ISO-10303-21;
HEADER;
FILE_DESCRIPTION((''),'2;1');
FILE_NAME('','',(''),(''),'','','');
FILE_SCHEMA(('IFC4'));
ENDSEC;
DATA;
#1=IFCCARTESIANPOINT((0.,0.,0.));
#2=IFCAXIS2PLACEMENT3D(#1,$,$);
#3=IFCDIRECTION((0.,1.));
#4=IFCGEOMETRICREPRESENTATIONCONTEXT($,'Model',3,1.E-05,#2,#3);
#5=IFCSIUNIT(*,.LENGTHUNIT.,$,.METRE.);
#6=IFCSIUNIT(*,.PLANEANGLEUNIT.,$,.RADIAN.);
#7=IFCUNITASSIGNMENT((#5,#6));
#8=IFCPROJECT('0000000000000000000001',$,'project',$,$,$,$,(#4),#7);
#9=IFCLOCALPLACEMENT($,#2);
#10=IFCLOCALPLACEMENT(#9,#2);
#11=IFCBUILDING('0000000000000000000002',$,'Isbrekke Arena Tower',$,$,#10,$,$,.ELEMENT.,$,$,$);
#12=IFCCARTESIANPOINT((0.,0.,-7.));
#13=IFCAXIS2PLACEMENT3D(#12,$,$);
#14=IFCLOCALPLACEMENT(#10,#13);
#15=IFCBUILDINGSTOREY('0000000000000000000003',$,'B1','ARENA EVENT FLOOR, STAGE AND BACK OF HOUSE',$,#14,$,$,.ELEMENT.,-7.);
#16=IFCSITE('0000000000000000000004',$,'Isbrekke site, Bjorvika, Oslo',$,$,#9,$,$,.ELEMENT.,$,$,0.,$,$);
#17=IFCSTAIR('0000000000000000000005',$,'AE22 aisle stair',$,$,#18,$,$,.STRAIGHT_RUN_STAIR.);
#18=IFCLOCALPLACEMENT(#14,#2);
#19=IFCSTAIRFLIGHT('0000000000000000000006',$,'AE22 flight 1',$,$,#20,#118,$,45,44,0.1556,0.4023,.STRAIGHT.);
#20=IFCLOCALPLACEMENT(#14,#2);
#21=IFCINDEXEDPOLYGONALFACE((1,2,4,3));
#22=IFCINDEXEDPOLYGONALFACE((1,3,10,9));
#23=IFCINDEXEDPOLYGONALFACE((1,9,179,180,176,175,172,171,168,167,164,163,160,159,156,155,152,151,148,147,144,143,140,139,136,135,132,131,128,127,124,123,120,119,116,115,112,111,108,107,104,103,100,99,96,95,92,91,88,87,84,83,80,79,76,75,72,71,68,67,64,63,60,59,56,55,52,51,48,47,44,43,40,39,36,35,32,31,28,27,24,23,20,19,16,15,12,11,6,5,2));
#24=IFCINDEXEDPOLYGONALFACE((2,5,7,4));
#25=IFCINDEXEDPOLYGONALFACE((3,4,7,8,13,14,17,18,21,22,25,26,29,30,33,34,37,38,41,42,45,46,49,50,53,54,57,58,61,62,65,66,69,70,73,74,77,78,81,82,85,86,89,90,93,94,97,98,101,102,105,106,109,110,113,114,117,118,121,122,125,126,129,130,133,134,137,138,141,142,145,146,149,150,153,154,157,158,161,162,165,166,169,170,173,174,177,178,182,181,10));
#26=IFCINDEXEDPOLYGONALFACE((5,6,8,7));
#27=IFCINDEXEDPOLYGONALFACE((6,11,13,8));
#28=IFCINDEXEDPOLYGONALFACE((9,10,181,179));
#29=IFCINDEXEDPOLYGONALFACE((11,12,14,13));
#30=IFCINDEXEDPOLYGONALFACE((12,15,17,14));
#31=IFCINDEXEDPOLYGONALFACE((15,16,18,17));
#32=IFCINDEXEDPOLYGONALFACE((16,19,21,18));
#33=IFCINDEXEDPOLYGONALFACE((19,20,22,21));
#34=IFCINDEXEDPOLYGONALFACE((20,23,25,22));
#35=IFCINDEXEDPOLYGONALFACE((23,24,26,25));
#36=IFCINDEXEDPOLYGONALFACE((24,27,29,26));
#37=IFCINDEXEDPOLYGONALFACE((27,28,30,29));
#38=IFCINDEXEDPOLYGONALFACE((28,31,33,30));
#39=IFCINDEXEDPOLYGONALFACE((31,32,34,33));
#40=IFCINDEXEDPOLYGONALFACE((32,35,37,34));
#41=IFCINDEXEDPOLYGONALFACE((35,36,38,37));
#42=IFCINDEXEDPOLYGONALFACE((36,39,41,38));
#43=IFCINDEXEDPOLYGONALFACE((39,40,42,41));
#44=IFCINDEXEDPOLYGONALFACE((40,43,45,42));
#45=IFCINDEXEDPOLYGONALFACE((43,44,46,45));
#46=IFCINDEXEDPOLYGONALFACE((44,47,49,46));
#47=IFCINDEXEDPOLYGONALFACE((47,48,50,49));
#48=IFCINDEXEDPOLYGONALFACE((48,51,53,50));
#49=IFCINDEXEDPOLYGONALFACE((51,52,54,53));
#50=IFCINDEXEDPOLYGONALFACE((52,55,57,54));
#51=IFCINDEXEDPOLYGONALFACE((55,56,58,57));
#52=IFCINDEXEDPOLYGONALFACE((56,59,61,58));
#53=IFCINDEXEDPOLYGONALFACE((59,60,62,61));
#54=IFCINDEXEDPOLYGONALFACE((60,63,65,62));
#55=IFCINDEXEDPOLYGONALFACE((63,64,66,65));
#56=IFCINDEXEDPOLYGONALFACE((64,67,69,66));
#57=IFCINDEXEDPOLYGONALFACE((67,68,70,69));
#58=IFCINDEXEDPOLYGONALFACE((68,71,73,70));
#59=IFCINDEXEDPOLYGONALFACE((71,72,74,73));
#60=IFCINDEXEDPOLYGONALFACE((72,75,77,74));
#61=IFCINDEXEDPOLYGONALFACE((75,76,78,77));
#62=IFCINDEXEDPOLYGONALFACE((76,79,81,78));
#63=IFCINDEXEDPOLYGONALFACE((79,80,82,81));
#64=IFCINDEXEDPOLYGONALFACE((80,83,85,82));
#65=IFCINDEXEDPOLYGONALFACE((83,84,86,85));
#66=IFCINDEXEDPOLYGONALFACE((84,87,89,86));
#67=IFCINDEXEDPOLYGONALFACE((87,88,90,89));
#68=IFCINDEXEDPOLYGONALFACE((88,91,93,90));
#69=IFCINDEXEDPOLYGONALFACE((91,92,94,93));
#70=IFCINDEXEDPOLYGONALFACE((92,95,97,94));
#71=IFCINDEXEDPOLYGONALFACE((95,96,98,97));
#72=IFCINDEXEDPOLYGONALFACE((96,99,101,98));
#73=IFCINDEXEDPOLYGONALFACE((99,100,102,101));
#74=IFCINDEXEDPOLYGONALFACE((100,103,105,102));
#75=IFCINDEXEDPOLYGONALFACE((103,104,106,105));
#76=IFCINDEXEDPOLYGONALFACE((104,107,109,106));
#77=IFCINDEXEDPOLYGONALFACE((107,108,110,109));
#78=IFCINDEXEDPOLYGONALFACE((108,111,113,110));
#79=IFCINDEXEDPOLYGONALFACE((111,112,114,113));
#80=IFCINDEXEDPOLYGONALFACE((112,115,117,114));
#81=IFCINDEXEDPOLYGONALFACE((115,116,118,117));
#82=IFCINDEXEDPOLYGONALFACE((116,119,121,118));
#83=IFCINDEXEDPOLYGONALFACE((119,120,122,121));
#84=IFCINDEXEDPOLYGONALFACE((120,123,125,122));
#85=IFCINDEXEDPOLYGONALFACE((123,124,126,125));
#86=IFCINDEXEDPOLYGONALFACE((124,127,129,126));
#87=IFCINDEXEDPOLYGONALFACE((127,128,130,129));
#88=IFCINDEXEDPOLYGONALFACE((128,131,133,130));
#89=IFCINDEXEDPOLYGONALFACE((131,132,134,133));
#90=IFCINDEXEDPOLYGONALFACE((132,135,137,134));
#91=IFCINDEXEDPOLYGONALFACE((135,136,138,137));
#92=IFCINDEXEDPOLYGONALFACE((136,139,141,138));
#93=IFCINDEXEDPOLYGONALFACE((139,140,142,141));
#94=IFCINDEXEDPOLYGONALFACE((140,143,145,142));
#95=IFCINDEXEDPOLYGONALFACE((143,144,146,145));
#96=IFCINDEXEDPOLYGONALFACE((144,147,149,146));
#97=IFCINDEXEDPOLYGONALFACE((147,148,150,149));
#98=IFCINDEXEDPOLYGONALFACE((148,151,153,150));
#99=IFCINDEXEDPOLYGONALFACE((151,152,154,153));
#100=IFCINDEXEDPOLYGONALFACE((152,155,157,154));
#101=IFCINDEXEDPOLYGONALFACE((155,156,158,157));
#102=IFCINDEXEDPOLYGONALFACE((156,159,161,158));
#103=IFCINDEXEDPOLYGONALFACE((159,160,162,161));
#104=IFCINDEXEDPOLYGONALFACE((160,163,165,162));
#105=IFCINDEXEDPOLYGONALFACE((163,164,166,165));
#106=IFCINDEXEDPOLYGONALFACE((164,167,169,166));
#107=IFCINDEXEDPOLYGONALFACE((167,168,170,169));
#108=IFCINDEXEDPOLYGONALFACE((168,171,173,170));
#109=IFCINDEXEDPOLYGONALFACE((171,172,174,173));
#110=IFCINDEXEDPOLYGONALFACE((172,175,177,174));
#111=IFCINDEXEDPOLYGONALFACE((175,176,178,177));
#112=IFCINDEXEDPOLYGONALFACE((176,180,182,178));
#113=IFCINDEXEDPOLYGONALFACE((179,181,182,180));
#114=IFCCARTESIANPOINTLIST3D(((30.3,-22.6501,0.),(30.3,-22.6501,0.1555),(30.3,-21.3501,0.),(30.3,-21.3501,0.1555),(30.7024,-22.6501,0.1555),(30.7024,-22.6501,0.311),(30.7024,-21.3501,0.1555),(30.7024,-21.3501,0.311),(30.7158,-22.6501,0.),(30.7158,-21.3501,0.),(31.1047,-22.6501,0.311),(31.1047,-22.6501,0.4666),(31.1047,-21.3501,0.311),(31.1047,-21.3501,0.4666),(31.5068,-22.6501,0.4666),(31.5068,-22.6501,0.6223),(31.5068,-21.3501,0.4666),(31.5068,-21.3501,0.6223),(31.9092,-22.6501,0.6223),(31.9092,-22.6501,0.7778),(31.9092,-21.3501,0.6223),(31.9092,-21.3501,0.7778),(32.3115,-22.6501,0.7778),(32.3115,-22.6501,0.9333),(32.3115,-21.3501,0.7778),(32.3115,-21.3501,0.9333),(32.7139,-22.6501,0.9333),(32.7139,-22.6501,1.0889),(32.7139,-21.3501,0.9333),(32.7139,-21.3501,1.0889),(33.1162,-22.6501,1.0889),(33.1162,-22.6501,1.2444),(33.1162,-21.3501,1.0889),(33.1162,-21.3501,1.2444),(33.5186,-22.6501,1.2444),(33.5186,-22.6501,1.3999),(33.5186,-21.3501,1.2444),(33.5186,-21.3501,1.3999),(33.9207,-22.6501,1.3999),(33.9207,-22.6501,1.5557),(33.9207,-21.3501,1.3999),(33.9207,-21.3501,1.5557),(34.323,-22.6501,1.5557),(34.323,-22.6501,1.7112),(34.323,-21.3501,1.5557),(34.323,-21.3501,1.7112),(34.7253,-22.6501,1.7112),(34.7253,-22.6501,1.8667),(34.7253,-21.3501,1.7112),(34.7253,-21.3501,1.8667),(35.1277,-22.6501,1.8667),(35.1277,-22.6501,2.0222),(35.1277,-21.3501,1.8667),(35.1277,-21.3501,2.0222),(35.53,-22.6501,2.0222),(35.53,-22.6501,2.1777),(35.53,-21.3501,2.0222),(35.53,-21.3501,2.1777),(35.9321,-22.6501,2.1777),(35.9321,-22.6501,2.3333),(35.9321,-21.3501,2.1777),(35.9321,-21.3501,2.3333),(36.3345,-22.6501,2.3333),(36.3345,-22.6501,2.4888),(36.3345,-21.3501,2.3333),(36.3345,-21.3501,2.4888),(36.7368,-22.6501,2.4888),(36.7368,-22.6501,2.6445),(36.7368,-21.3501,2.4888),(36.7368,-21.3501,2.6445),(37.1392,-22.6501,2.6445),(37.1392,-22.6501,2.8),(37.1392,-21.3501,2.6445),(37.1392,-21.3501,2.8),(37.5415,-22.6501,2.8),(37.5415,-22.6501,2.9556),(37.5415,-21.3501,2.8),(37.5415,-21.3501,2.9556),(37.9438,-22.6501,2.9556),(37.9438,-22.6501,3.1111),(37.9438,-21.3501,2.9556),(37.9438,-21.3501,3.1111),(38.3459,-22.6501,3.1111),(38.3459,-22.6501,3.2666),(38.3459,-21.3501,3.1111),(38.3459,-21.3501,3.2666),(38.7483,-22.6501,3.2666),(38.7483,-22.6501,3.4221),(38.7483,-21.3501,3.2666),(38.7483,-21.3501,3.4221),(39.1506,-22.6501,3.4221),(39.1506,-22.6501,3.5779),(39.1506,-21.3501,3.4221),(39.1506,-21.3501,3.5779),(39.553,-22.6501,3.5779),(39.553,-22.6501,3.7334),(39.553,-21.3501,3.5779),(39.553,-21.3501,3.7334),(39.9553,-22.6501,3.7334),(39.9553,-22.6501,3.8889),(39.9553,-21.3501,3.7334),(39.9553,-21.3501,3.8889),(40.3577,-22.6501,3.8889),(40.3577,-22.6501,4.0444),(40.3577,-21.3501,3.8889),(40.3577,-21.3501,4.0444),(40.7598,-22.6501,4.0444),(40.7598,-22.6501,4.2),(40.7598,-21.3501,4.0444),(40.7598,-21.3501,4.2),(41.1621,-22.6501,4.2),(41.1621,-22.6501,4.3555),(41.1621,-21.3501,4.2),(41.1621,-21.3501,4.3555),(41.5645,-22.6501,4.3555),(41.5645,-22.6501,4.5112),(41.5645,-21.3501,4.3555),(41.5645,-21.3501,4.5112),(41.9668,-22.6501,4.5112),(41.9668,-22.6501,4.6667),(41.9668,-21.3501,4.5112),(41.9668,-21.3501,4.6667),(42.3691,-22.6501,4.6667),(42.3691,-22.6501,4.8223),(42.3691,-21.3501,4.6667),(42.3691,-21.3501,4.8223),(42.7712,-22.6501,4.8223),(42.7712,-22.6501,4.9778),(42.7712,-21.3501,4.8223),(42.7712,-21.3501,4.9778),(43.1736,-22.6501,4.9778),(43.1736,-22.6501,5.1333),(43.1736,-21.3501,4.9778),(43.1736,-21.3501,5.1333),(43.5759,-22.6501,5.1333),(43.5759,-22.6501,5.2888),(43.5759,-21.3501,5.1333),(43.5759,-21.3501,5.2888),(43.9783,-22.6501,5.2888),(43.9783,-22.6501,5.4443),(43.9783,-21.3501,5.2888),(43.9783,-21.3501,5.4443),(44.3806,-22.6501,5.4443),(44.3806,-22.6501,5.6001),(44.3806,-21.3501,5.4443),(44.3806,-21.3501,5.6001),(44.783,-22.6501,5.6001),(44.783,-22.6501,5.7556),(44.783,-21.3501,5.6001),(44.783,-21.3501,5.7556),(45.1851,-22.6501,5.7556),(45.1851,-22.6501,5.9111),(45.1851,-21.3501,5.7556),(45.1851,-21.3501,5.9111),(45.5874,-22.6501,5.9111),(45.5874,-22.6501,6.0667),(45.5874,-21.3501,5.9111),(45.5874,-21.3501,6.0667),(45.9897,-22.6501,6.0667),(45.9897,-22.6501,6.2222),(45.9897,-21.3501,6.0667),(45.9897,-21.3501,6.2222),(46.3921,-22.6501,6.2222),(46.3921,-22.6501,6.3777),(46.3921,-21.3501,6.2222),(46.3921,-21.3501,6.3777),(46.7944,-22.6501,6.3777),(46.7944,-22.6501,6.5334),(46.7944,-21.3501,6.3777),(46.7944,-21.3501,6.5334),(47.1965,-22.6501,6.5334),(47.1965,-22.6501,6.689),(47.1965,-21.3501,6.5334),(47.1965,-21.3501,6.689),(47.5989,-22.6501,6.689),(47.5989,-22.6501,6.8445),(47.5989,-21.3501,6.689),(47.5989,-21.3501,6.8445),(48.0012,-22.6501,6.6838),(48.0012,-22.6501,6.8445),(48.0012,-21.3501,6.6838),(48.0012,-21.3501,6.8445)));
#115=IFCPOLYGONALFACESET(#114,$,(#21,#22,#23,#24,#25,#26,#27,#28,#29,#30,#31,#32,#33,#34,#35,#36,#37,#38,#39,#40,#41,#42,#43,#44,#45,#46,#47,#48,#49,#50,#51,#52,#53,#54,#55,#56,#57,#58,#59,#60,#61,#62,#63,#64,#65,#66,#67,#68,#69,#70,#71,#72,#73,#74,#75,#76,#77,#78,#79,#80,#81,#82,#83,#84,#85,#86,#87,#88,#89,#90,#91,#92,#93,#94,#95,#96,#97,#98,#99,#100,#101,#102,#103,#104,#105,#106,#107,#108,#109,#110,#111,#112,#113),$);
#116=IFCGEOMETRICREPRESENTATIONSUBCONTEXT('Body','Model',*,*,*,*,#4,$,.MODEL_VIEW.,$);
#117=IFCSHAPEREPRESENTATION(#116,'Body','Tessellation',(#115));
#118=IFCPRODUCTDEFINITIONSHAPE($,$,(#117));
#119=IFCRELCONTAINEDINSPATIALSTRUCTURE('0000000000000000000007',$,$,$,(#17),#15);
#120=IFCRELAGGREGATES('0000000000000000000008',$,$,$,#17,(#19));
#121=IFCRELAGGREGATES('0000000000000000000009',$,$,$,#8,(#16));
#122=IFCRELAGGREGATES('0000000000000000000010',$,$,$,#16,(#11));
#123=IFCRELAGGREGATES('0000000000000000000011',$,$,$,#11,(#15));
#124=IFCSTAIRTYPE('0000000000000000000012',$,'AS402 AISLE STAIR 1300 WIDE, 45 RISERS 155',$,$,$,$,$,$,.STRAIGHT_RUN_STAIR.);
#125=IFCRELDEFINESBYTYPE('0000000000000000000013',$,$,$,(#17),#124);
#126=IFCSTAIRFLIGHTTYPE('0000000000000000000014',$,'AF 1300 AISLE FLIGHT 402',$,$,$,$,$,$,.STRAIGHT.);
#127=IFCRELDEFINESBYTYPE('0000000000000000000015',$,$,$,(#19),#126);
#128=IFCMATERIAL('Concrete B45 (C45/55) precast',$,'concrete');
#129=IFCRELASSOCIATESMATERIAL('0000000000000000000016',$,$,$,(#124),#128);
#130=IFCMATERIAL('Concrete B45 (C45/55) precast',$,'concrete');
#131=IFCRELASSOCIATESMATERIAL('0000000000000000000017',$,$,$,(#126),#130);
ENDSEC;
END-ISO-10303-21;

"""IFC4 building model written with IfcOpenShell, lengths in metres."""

from ifc_helpers import new_model, si_unit, direction, frame, origin, place, context, subcontext, project, spatial, polyline, outline, extrude, material, type_object, element, aggregate, save


model = new_model("IFC4")

# Units and contexts
model_context = context("Model", 3, precision=1e-05, world=origin(), true_north=direction((0.0, 1.0)))
body_context = subcontext(model_context, "Body", "Model", "MODEL_VIEW")
ifc_project = project(units=[si_unit("LENGTHUNIT", "METRE"), si_unit("PLANEANGLEUNIT", "RADIAN")], contexts=[model_context])

# Site, building, storey
site_placement = place(None, origin())
site = spatial("IfcSite", under=ifc_project, at=site_placement, Name="Isbrekke site, Bjorvika, Oslo", CompositionType="ELEMENT", RefElevation=0.0)
building_placement = place(site_placement, origin())
building = spatial("IfcBuilding", under=site, at=building_placement, Name="Isbrekke Arena Tower", CompositionType="ELEMENT")
storey_placement = place(building_placement, frame((0.0, 0.0, -7.0)))
storey = spatial("IfcBuildingStorey", under=building, at=storey_placement, Name="B1", Description="ARENA EVENT FLOOR, STAGE AND BACK OF HOUSE", CompositionType="ELEMENT", Elevation=-7.0)

# Stair, stair flight
ifc_material_1 = material(Name="Concrete B45 (C45/55) precast", Category="concrete")
stair_type = type_object("IfcStairType", Name="AS402 AISLE STAIR 1300 WIDE, 45 RISERS 155", PredefinedType="STRAIGHT_RUN_STAIR", material=ifc_material_1)
ifc_material_2 = material(Name="Concrete B45 (C45/55) precast", Category="concrete")
stair_flight_type = type_object("IfcStairFlightType", Name="AF 1300 AISLE FLIGHT 402", PredefinedType="STRAIGHT", material=ifc_material_2)
stair_1_placement = place(storey_placement, origin())
stair_1 = element("IfcStair", 1, at=stair_1_placement, inside=storey, type_object=stair_type, Name="AE22 aisle stair", PredefinedType="STRAIGHT_RUN_STAIR")
stair_flight_1_placement = place(storey_placement, frame((30.3, -22.0, 0.0), z_axis=(0.0, 0.0, 1.0), x_axis=(1.0, 0.0, 0.0)))
stair_flight_1 = element("IfcStairFlight", 2, at=stair_flight_1_placement, type_object=stair_flight_type, Name="AE22 flight 1", NumberOfRisers=45, NumberOfTreads=44, PredefinedType="STRAIGHT", RiserHeight=0.1556, TreadLength=0.4023, context=body_context, shape_type="SweptSolid", body=[
    extrude(outline(polyline([(0.0, 0.0), (0.0, 0.1555), (0.4023, 0.1555), (0.4023, 0.311), (0.8047, 0.311), (0.8047, 0.4666), (1.2068, 0.4666), (1.2068, 0.6223), (1.6091, 0.6223), (1.6091, 0.7778), (2.0115, 0.7778), (2.0115, 0.9333), (2.4138, 0.9333), (2.4138, 1.0889), (2.8162, 1.0889), (2.8162, 1.2444), (3.2185, 1.2444), (3.2185, 1.3999), (3.6206, 1.3999), (3.6206, 1.5557), (4.0229, 1.5557), (4.0229, 1.7112), (4.4253, 1.7112), (4.4253, 1.8667), (4.8276, 1.8667), (4.8276, 2.0222), (5.23, 2.0222), (5.23, 2.1777), (5.6321, 2.1777), (5.6321, 2.3333), (6.0344, 2.3333), (6.0344, 2.4888), (6.4368, 2.4888), (6.4368, 2.6445), (6.8391, 2.6445), (6.8391, 2.8), (7.2415, 2.8), (7.2415, 2.9556), (7.6438, 2.9556), (7.6438, 3.1111), (8.0459, 3.1111), (8.0459, 3.2666), (8.4482, 3.2666), (8.4482, 3.4221), (8.8506, 3.4221), (8.8506, 3.5779), (9.2529, 3.5779), (9.2529, 3.7334), (9.6553, 3.7334), (9.6553, 3.8889), (10.0576, 3.8889), (10.0576, 4.0444), (10.4597, 4.0444), (10.4597, 4.2), (10.8621, 4.2), (10.8621, 4.3555), (11.2644, 4.3555), (11.2644, 4.5112), (11.6667, 4.5112), (11.6667, 4.6667), (12.0691, 4.6667), (12.0691, 4.8223), (12.4712, 4.8223), (12.4712, 4.9778), (12.8735, 4.9778), (12.8735, 5.1333), (13.2759, 5.1333), (13.2759, 5.2888), (13.6782, 5.2888), (13.6782, 5.4443), (14.0806, 5.4443), (14.0806, 5.6001), (14.4829, 5.6001), (14.4829, 5.7556), (14.885, 5.7556), (14.885, 5.9111), (15.2874, 5.9111), (15.2874, 6.0667), (15.6897, 6.0667), (15.6897, 6.2222), (16.092, 6.2222), (16.092, 6.3777), (16.4944, 6.3777), (16.4944, 6.5334), (16.8965, 6.5334), (16.8965, 6.689), (17.2988, 6.689), (17.2988, 6.8445), (17.7012, 6.8445), (17.7012, 7.0), (17.7012, 6.6838), (0.4158, 0.0), (0.0, 0.0)])), frame((0.0, 0.6499, 0.0), z_axis=(0.0, -1.0, 0.0), x_axis=(1.0, 0.0, 0.0)), (0.0, 0.0, 1.0), 1.3),
])
aggregate(stair_1, [stair_flight_1])

save(model, "model.ifc")
